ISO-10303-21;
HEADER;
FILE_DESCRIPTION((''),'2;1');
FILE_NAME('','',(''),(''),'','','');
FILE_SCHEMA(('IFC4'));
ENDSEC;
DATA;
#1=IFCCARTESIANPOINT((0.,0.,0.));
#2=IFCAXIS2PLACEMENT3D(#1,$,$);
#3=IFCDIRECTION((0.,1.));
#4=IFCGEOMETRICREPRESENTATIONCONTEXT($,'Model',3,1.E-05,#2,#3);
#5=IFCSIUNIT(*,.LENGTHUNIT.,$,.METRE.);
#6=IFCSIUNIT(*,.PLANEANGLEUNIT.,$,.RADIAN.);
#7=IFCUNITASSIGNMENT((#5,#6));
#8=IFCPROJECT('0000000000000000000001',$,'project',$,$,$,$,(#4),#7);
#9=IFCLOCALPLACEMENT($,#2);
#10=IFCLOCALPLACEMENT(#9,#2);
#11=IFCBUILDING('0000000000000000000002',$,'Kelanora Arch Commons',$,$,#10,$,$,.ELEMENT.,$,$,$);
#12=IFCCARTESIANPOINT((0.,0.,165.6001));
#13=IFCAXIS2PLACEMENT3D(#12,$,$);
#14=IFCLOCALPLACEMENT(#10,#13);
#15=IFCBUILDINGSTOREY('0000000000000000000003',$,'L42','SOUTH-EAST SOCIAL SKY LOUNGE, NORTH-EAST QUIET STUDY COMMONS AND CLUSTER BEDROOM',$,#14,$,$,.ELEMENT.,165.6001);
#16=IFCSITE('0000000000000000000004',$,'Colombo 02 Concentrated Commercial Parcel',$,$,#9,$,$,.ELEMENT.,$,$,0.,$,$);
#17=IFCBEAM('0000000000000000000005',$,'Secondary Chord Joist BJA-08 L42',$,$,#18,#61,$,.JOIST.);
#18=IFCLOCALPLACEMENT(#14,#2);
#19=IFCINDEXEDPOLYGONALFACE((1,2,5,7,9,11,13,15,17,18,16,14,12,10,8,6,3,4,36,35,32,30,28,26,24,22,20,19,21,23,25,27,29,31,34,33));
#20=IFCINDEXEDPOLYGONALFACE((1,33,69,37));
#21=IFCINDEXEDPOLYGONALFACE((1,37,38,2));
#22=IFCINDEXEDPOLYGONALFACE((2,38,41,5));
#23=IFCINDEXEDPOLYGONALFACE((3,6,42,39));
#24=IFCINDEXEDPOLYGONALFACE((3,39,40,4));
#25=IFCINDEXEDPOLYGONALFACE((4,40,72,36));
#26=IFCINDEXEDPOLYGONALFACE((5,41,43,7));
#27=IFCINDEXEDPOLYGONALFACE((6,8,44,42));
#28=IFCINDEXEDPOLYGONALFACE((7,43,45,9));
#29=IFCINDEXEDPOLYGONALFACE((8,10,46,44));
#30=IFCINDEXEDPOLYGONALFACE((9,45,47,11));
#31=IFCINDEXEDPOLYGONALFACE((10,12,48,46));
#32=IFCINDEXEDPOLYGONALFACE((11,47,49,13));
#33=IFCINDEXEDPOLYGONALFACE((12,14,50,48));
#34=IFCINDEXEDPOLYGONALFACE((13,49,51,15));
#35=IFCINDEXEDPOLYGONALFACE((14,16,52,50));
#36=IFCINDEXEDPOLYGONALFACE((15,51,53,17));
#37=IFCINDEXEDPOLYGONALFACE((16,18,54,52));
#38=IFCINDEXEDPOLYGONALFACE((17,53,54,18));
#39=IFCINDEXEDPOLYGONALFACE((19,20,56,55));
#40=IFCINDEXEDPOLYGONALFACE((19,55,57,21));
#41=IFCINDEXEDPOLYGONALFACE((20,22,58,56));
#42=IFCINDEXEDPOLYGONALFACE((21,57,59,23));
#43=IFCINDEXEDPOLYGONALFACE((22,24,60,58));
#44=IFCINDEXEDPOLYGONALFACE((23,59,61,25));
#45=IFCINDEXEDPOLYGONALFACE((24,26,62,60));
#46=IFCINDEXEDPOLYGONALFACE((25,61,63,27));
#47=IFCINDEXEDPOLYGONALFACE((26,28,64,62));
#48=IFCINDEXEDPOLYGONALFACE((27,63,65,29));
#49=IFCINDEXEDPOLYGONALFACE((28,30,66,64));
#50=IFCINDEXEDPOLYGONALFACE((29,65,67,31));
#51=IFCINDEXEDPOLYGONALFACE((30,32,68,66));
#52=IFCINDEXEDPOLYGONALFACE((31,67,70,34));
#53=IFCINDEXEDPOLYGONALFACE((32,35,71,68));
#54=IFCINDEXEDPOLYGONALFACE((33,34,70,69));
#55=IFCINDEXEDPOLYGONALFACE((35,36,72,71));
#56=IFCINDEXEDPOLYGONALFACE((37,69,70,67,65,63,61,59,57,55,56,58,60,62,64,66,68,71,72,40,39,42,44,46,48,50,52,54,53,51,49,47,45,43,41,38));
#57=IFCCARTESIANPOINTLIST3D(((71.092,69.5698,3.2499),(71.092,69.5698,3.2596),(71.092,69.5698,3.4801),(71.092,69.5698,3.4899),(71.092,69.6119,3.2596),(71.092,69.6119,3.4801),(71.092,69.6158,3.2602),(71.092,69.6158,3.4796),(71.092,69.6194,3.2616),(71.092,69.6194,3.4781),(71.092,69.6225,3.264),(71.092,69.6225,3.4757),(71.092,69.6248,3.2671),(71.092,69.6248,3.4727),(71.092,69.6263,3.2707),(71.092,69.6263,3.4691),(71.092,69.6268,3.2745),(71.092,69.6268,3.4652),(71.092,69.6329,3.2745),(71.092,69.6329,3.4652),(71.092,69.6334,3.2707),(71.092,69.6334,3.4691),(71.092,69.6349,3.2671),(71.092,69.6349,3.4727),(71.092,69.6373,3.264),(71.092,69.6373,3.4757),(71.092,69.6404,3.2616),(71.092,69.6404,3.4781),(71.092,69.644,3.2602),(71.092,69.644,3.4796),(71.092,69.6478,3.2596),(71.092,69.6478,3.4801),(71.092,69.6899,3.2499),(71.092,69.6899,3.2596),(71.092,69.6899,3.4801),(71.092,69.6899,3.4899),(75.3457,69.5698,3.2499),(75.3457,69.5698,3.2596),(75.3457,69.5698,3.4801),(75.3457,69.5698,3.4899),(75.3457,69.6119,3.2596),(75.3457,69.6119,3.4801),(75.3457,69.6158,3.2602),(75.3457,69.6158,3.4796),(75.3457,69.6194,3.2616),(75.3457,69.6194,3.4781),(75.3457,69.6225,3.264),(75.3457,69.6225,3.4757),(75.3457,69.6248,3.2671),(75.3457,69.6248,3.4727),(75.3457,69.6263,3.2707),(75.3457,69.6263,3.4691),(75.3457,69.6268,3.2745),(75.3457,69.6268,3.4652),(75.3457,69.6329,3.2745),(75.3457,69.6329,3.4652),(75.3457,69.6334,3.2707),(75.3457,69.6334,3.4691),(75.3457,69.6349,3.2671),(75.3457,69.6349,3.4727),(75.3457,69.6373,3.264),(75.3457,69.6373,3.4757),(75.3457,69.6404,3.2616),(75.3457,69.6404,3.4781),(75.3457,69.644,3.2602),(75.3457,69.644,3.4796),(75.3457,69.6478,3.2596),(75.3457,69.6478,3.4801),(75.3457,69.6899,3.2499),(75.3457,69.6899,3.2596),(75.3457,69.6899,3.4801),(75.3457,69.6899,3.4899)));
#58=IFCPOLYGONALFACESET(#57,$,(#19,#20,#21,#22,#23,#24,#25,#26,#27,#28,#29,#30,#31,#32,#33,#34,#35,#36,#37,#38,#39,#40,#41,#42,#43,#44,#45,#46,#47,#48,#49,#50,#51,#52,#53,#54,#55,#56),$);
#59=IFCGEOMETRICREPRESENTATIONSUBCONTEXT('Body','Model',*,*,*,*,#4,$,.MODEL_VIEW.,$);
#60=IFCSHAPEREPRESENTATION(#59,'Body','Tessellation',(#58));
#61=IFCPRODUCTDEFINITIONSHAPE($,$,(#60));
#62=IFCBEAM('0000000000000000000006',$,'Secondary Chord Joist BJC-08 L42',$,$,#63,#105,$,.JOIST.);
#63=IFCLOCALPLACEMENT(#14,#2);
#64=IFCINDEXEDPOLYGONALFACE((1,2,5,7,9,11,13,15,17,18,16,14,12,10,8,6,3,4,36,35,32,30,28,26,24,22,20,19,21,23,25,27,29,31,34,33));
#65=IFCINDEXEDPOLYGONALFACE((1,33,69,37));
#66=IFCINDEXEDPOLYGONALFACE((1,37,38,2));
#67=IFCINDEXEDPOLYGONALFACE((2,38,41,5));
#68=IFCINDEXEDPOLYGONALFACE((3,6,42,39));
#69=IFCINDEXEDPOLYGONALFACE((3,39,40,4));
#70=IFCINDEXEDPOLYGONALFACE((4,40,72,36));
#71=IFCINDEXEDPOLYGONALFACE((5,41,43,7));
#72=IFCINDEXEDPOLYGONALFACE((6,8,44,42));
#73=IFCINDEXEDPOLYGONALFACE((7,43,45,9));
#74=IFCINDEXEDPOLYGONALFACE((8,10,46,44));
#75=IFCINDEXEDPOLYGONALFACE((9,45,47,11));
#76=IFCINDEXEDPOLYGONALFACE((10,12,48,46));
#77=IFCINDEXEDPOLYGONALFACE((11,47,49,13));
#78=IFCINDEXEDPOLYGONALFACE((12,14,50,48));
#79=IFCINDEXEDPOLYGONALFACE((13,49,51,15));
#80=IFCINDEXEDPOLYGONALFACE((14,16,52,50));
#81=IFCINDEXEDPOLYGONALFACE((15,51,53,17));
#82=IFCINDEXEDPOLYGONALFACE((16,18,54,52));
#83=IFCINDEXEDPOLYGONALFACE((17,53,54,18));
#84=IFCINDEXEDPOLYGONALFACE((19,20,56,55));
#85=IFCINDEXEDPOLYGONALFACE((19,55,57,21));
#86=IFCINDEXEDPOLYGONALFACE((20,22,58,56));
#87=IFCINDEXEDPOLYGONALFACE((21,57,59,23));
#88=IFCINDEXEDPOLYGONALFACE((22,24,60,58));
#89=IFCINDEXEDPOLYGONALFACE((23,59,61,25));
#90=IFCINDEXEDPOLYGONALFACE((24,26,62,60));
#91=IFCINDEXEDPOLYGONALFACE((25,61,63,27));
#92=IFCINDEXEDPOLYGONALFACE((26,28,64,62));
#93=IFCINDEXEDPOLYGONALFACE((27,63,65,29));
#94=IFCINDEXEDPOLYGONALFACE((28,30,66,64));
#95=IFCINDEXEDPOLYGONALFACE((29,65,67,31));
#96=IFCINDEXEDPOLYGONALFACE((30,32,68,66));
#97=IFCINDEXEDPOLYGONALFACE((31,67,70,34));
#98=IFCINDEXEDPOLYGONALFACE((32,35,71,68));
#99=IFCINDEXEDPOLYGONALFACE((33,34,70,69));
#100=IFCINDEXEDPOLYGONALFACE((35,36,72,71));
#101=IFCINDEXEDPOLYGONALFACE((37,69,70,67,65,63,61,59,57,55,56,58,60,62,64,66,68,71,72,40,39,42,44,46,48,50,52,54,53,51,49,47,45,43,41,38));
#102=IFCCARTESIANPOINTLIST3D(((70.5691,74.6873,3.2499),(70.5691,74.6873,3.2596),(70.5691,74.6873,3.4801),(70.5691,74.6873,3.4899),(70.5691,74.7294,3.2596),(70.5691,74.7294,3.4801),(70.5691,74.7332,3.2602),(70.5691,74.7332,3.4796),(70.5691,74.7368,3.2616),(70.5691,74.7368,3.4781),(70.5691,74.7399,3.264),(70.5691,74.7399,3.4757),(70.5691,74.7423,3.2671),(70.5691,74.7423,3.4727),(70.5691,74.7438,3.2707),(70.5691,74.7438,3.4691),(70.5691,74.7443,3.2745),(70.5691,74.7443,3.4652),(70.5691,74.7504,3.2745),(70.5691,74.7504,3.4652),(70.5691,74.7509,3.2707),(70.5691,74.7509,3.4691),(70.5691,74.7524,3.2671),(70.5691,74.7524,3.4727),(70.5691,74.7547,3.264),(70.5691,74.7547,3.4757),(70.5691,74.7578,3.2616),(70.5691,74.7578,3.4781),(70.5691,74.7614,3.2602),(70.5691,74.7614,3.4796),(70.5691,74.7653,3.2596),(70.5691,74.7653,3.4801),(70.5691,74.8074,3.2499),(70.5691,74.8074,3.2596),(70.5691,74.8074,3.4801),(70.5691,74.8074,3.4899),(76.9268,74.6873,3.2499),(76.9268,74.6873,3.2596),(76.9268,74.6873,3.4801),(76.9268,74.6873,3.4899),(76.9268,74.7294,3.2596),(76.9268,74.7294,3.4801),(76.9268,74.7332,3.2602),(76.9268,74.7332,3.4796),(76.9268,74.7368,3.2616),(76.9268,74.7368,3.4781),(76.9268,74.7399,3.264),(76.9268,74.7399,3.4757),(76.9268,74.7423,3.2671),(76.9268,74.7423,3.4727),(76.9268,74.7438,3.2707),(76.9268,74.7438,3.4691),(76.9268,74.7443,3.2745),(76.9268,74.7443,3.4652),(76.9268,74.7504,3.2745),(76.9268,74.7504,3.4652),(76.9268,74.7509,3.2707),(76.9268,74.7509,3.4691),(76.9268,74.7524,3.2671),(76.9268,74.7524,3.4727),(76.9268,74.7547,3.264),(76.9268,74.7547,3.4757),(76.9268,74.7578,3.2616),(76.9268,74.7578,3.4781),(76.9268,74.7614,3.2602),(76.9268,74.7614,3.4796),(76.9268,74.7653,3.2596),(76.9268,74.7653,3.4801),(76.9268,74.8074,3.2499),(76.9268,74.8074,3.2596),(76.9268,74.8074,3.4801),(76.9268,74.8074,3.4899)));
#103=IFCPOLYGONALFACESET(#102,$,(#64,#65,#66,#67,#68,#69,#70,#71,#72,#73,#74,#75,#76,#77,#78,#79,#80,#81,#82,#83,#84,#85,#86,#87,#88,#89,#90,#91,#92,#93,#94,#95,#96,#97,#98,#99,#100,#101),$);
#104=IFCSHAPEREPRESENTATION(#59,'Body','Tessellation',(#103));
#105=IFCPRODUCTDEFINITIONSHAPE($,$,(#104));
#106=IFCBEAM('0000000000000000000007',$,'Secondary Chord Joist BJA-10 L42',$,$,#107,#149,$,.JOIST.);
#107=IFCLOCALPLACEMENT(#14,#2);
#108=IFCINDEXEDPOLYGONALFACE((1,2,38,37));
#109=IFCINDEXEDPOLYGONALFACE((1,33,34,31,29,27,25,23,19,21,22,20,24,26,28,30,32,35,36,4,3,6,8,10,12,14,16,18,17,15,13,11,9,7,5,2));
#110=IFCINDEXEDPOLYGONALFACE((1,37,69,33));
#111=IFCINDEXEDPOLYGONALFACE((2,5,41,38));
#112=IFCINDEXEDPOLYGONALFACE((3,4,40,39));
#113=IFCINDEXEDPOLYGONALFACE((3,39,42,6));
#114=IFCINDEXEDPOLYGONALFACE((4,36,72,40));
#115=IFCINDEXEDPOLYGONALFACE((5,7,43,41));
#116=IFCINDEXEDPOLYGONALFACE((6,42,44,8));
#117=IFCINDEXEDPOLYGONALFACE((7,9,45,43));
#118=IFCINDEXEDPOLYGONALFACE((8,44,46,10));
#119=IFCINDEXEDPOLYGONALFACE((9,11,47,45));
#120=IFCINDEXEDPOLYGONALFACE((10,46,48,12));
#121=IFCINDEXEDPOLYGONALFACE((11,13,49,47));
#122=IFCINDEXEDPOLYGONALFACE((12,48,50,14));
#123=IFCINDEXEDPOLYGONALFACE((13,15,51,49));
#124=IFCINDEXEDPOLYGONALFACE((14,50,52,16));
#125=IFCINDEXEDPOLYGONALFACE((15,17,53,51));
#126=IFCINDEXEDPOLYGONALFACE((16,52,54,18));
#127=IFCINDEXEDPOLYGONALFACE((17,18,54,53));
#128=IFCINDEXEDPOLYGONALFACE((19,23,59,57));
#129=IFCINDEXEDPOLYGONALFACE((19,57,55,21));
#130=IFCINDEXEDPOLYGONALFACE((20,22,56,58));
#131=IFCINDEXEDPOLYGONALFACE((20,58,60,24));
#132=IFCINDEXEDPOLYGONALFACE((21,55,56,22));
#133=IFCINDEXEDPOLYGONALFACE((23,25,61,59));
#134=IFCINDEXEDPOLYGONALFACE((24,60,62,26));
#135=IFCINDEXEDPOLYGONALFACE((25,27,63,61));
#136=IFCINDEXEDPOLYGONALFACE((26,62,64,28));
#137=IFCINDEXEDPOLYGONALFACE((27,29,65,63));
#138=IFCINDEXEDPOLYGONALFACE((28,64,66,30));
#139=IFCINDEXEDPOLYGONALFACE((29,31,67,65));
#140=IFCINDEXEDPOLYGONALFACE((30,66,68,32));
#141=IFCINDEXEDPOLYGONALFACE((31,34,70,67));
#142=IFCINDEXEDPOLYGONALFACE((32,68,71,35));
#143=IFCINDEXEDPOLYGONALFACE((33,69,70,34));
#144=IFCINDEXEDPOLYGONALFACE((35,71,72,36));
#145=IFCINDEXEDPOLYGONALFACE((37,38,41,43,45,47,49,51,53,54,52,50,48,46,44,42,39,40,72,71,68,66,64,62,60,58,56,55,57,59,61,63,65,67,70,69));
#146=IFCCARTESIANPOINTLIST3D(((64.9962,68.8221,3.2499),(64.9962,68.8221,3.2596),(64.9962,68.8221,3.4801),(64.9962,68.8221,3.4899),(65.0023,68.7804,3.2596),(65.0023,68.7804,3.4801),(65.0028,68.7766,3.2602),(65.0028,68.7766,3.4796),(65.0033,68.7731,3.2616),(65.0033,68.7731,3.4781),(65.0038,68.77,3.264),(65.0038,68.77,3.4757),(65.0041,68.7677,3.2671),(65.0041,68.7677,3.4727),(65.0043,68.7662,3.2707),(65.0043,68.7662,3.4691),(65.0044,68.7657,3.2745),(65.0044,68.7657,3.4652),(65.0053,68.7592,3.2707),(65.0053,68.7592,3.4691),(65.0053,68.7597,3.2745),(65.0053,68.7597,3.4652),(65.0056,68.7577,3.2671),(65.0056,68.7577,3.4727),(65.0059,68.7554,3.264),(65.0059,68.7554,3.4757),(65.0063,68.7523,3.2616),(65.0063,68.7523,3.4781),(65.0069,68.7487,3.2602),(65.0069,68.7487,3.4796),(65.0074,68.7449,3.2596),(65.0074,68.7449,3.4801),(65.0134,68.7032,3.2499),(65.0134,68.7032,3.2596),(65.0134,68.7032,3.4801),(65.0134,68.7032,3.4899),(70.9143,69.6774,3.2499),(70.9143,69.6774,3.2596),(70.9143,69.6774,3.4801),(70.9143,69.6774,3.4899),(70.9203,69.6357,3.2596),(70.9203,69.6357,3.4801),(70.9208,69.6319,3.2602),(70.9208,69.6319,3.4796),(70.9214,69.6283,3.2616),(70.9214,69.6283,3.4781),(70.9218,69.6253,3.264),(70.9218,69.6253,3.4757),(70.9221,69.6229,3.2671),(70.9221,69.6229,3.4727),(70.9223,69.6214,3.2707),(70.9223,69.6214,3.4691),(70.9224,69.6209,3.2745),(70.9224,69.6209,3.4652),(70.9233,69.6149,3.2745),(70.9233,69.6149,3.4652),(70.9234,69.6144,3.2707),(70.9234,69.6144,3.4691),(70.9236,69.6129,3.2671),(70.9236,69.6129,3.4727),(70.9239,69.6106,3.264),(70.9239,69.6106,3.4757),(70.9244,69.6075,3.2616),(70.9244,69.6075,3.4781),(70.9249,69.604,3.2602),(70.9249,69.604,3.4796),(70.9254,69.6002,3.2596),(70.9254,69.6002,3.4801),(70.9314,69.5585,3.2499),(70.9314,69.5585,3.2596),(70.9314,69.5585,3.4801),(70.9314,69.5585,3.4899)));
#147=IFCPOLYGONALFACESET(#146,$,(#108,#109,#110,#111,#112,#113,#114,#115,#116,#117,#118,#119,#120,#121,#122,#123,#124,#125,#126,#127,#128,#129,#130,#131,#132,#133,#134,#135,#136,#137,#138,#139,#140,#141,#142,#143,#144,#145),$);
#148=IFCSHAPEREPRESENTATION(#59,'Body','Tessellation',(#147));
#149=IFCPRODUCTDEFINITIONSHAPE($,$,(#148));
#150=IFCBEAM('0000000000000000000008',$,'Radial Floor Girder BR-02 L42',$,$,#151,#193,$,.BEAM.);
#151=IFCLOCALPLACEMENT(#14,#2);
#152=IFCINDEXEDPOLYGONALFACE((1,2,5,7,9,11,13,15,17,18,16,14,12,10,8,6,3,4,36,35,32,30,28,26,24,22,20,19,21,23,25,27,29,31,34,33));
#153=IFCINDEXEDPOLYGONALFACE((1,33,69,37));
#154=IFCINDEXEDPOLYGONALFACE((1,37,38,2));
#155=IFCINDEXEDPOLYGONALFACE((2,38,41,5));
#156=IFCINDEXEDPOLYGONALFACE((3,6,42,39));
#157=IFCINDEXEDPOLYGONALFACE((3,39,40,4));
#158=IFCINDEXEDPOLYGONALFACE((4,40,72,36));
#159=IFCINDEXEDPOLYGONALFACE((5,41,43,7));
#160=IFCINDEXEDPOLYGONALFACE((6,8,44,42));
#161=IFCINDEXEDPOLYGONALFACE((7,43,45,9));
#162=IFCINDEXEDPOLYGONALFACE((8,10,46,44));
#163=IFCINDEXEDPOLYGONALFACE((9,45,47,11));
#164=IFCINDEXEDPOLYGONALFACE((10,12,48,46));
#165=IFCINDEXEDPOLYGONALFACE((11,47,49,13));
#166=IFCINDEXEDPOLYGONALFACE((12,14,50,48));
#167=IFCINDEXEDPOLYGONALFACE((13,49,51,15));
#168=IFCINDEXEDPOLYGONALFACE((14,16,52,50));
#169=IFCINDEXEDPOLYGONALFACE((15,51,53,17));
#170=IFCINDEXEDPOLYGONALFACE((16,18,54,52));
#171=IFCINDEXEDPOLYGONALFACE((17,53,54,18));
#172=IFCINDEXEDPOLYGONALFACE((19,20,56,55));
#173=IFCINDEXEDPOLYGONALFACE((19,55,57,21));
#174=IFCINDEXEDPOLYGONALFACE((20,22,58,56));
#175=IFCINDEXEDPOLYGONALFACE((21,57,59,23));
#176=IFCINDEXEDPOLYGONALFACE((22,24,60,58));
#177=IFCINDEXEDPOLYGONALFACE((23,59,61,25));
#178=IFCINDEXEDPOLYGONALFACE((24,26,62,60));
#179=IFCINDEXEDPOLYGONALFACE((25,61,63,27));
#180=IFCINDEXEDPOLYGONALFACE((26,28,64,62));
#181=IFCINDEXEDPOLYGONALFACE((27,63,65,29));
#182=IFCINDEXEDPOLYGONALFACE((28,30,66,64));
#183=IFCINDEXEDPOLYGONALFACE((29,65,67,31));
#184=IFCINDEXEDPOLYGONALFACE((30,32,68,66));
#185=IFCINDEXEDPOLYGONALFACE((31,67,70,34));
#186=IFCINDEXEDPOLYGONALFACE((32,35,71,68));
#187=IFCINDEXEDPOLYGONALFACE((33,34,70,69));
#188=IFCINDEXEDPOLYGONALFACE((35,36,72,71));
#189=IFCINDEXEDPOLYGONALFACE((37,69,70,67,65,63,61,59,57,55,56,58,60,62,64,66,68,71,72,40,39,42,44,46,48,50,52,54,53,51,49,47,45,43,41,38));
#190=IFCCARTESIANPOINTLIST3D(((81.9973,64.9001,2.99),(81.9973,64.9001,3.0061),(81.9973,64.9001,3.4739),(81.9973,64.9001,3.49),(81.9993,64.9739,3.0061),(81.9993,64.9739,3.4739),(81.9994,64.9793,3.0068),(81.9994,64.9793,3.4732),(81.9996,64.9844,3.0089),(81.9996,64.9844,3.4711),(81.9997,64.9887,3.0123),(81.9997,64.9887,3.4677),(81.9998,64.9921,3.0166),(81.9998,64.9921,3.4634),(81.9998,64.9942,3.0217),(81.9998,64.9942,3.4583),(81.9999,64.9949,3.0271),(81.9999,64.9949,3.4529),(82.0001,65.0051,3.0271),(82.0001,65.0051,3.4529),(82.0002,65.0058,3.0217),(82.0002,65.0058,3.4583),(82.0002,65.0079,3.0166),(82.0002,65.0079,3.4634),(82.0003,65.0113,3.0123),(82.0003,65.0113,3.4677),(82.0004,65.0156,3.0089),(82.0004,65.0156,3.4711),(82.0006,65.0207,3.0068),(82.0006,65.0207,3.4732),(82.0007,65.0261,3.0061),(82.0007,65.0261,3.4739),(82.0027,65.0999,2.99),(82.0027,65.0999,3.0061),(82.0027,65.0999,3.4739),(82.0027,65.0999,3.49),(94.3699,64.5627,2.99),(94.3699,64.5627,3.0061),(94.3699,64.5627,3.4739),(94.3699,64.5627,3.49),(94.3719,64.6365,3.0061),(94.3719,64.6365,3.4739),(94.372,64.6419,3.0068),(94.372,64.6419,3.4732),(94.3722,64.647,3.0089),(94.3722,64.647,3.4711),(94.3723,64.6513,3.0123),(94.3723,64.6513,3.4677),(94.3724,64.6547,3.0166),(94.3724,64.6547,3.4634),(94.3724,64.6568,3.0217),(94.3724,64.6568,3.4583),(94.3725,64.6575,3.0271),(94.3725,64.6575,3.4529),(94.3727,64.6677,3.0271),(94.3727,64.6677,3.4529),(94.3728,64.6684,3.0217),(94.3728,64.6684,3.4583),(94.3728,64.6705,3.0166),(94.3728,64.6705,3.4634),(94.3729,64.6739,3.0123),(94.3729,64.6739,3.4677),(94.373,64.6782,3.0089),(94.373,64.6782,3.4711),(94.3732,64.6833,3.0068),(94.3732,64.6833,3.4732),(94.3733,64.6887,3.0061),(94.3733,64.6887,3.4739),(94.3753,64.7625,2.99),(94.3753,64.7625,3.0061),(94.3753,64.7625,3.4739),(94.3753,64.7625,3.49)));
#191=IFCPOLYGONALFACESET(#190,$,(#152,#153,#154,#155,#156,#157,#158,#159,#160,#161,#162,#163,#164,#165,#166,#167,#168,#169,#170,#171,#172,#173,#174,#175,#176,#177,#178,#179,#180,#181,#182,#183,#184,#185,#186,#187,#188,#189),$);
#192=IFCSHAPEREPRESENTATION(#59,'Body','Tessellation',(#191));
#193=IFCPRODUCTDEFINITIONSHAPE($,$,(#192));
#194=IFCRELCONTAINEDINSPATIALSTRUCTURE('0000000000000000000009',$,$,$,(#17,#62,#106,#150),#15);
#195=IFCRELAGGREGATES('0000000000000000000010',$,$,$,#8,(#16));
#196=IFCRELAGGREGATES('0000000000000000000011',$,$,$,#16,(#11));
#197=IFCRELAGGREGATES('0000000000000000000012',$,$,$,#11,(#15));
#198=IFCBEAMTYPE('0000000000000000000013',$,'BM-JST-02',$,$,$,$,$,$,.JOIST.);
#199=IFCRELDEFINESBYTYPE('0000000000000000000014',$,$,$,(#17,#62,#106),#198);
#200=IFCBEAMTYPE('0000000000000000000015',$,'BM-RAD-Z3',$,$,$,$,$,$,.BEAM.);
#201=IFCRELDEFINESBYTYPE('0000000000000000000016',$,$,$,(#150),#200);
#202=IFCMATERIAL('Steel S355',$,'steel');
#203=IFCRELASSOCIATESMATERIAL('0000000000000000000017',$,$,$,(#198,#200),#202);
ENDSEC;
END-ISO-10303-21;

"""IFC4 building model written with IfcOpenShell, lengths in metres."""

from ifc_helpers import new_model, si_unit, direction, frame, origin, origin_2d, place, context, subcontext, project, spatial, i_section, extrude, material, material_profile, profile_set, type_object, element, save


model = new_model("IFC4")

# Units and contexts
model_context = context("Model", 3, precision=1e-05, world=origin(), true_north=direction((0.0, 1.0)))
body_context = subcontext(model_context, "Body", "Model", "MODEL_VIEW")
ifc_project = project(units=[si_unit("LENGTHUNIT", "METRE"), si_unit("PLANEANGLEUNIT", "RADIAN")], contexts=[model_context])

# Site, building, storey
site_placement = place(None, origin())
site = spatial("IfcSite", under=ifc_project, at=site_placement, Name="Colombo 02 Concentrated Commercial Parcel", CompositionType="ELEMENT", RefElevation=0.0)
building_placement = place(site_placement, origin())
building = spatial("IfcBuilding", under=site, at=building_placement, Name="Kelanora Arch Commons", CompositionType="ELEMENT")
storey_placement = place(building_placement, frame((0.0, 0.0, 165.6001)))
storey = spatial("IfcBuildingStorey", under=building, at=storey_placement, Name="L42", Description="SOUTH-EAST SOCIAL SKY LOUNGE, NORTH-EAST QUIET STUDY COMMONS AND CLUSTER BEDROOM", CompositionType="ELEMENT", Elevation=165.6001)

# Beams
ifc_material_1 = material(Name="Steel S355", Category="steel")
ifc_material_profile_1 = material_profile(ifc_material_1, i_section(OverallWidth=0.1201, OverallDepth=0.24, WebThickness=0.0061, FlangeThickness=0.0098, FilletRadius=0.0149, at=origin_2d()), Name="IPE240")
ifc_profile_set_1 = profile_set([ifc_material_profile_1], Name="Steel S355")
beam_type_1 = type_object("IfcBeamType", Name="BM-JST-02", PredefinedType="JOIST", material=ifc_profile_set_1)
beam_1_placement = place(storey_placement, frame((75.3457, 69.6299, 3.3699), z_axis=(-1.0, 0.0, 0.0), x_axis=(0.0, -1.0, 0.0)))
element("IfcBeam", 1, at=beam_1_placement, inside=storey, type_object=beam_type_1, Name="Secondary Chord Joist BJA-08 L42", PredefinedType="JOIST", context=body_context, shape_type="SweptSolid", body=[
    extrude(i_section(OverallWidth=0.1201, OverallDepth=0.24, WebThickness=0.0061, FlangeThickness=0.0098, FilletRadius=0.0149, at=origin_2d()), origin(), (0.0, 0.0, 1.0), 4.2537),
])
beam_2_placement = place(storey_placement, frame((76.9268, 74.7473, 3.3699), z_axis=(-1.0, 0.0, 0.0), x_axis=(0.0, -1.0, 0.0)))
element("IfcBeam", 2, at=beam_2_placement, inside=storey, type_object=beam_type_1, Name="Secondary Chord Joist BJC-08 L42", PredefinedType="JOIST", context=body_context, shape_type="SweptSolid", body=[
    extrude(i_section(OverallWidth=0.1201, OverallDepth=0.24, WebThickness=0.0061, FlangeThickness=0.0098, FilletRadius=0.0149, at=origin_2d()), origin(), (0.0, 0.0, 1.0), 6.3577),
])
beam_3_placement = place(storey_placement, frame((70.9229, 69.6179, 3.3699), z_axis=(-0.989719, -0.143027, 0.0), x_axis=(0.143027, -0.989719, 0.0)))
element("IfcBeam", 3, at=beam_3_placement, inside=storey, type_object=beam_type_1, Name="Secondary Chord Joist BJA-10 L42", PredefinedType="JOIST", context=body_context, shape_type="SweptSolid", body=[
    extrude(i_section(OverallWidth=0.1201, OverallDepth=0.24, WebThickness=0.0061, FlangeThickness=0.0098, FilletRadius=0.0149, at=origin_2d()), origin(), (0.0, 0.0, 1.0), 5.9795),
])
ifc_material_profile_2 = material_profile(ifc_material_1, i_section(OverallWidth=0.2, OverallDepth=0.5, WebThickness=0.0103, FlangeThickness=0.0161, FilletRadius=0.021, at=origin_2d()), Name="IPE500")
ifc_profile_set_2 = profile_set([ifc_material_profile_2], Name="Steel S355")
beam_type_2 = type_object("IfcBeamType", Name="BM-RAD-Z3", PredefinedType="BEAM", material=ifc_profile_set_2)
beam_4_placement = place(storey_placement, frame((82.0, 65.0, 3.24), z_axis=(0.999628, -0.02726, 0.0), x_axis=(0.02726, 0.999628, 0.0)))
element("IfcBeam", 4, at=beam_4_placement, inside=storey, type_object=beam_type_2, Name="Radial Floor Girder BR-02 L42", PredefinedType="BEAM", context=body_context, shape_type="SweptSolid", body=[
    extrude(i_section(OverallWidth=0.2, OverallDepth=0.5, WebThickness=0.0103, FlangeThickness=0.0161, FilletRadius=0.021, at=origin_2d()), origin(), (0.0, 0.0, 1.0), 12.3772),
])

save(model, "model.ifc")
